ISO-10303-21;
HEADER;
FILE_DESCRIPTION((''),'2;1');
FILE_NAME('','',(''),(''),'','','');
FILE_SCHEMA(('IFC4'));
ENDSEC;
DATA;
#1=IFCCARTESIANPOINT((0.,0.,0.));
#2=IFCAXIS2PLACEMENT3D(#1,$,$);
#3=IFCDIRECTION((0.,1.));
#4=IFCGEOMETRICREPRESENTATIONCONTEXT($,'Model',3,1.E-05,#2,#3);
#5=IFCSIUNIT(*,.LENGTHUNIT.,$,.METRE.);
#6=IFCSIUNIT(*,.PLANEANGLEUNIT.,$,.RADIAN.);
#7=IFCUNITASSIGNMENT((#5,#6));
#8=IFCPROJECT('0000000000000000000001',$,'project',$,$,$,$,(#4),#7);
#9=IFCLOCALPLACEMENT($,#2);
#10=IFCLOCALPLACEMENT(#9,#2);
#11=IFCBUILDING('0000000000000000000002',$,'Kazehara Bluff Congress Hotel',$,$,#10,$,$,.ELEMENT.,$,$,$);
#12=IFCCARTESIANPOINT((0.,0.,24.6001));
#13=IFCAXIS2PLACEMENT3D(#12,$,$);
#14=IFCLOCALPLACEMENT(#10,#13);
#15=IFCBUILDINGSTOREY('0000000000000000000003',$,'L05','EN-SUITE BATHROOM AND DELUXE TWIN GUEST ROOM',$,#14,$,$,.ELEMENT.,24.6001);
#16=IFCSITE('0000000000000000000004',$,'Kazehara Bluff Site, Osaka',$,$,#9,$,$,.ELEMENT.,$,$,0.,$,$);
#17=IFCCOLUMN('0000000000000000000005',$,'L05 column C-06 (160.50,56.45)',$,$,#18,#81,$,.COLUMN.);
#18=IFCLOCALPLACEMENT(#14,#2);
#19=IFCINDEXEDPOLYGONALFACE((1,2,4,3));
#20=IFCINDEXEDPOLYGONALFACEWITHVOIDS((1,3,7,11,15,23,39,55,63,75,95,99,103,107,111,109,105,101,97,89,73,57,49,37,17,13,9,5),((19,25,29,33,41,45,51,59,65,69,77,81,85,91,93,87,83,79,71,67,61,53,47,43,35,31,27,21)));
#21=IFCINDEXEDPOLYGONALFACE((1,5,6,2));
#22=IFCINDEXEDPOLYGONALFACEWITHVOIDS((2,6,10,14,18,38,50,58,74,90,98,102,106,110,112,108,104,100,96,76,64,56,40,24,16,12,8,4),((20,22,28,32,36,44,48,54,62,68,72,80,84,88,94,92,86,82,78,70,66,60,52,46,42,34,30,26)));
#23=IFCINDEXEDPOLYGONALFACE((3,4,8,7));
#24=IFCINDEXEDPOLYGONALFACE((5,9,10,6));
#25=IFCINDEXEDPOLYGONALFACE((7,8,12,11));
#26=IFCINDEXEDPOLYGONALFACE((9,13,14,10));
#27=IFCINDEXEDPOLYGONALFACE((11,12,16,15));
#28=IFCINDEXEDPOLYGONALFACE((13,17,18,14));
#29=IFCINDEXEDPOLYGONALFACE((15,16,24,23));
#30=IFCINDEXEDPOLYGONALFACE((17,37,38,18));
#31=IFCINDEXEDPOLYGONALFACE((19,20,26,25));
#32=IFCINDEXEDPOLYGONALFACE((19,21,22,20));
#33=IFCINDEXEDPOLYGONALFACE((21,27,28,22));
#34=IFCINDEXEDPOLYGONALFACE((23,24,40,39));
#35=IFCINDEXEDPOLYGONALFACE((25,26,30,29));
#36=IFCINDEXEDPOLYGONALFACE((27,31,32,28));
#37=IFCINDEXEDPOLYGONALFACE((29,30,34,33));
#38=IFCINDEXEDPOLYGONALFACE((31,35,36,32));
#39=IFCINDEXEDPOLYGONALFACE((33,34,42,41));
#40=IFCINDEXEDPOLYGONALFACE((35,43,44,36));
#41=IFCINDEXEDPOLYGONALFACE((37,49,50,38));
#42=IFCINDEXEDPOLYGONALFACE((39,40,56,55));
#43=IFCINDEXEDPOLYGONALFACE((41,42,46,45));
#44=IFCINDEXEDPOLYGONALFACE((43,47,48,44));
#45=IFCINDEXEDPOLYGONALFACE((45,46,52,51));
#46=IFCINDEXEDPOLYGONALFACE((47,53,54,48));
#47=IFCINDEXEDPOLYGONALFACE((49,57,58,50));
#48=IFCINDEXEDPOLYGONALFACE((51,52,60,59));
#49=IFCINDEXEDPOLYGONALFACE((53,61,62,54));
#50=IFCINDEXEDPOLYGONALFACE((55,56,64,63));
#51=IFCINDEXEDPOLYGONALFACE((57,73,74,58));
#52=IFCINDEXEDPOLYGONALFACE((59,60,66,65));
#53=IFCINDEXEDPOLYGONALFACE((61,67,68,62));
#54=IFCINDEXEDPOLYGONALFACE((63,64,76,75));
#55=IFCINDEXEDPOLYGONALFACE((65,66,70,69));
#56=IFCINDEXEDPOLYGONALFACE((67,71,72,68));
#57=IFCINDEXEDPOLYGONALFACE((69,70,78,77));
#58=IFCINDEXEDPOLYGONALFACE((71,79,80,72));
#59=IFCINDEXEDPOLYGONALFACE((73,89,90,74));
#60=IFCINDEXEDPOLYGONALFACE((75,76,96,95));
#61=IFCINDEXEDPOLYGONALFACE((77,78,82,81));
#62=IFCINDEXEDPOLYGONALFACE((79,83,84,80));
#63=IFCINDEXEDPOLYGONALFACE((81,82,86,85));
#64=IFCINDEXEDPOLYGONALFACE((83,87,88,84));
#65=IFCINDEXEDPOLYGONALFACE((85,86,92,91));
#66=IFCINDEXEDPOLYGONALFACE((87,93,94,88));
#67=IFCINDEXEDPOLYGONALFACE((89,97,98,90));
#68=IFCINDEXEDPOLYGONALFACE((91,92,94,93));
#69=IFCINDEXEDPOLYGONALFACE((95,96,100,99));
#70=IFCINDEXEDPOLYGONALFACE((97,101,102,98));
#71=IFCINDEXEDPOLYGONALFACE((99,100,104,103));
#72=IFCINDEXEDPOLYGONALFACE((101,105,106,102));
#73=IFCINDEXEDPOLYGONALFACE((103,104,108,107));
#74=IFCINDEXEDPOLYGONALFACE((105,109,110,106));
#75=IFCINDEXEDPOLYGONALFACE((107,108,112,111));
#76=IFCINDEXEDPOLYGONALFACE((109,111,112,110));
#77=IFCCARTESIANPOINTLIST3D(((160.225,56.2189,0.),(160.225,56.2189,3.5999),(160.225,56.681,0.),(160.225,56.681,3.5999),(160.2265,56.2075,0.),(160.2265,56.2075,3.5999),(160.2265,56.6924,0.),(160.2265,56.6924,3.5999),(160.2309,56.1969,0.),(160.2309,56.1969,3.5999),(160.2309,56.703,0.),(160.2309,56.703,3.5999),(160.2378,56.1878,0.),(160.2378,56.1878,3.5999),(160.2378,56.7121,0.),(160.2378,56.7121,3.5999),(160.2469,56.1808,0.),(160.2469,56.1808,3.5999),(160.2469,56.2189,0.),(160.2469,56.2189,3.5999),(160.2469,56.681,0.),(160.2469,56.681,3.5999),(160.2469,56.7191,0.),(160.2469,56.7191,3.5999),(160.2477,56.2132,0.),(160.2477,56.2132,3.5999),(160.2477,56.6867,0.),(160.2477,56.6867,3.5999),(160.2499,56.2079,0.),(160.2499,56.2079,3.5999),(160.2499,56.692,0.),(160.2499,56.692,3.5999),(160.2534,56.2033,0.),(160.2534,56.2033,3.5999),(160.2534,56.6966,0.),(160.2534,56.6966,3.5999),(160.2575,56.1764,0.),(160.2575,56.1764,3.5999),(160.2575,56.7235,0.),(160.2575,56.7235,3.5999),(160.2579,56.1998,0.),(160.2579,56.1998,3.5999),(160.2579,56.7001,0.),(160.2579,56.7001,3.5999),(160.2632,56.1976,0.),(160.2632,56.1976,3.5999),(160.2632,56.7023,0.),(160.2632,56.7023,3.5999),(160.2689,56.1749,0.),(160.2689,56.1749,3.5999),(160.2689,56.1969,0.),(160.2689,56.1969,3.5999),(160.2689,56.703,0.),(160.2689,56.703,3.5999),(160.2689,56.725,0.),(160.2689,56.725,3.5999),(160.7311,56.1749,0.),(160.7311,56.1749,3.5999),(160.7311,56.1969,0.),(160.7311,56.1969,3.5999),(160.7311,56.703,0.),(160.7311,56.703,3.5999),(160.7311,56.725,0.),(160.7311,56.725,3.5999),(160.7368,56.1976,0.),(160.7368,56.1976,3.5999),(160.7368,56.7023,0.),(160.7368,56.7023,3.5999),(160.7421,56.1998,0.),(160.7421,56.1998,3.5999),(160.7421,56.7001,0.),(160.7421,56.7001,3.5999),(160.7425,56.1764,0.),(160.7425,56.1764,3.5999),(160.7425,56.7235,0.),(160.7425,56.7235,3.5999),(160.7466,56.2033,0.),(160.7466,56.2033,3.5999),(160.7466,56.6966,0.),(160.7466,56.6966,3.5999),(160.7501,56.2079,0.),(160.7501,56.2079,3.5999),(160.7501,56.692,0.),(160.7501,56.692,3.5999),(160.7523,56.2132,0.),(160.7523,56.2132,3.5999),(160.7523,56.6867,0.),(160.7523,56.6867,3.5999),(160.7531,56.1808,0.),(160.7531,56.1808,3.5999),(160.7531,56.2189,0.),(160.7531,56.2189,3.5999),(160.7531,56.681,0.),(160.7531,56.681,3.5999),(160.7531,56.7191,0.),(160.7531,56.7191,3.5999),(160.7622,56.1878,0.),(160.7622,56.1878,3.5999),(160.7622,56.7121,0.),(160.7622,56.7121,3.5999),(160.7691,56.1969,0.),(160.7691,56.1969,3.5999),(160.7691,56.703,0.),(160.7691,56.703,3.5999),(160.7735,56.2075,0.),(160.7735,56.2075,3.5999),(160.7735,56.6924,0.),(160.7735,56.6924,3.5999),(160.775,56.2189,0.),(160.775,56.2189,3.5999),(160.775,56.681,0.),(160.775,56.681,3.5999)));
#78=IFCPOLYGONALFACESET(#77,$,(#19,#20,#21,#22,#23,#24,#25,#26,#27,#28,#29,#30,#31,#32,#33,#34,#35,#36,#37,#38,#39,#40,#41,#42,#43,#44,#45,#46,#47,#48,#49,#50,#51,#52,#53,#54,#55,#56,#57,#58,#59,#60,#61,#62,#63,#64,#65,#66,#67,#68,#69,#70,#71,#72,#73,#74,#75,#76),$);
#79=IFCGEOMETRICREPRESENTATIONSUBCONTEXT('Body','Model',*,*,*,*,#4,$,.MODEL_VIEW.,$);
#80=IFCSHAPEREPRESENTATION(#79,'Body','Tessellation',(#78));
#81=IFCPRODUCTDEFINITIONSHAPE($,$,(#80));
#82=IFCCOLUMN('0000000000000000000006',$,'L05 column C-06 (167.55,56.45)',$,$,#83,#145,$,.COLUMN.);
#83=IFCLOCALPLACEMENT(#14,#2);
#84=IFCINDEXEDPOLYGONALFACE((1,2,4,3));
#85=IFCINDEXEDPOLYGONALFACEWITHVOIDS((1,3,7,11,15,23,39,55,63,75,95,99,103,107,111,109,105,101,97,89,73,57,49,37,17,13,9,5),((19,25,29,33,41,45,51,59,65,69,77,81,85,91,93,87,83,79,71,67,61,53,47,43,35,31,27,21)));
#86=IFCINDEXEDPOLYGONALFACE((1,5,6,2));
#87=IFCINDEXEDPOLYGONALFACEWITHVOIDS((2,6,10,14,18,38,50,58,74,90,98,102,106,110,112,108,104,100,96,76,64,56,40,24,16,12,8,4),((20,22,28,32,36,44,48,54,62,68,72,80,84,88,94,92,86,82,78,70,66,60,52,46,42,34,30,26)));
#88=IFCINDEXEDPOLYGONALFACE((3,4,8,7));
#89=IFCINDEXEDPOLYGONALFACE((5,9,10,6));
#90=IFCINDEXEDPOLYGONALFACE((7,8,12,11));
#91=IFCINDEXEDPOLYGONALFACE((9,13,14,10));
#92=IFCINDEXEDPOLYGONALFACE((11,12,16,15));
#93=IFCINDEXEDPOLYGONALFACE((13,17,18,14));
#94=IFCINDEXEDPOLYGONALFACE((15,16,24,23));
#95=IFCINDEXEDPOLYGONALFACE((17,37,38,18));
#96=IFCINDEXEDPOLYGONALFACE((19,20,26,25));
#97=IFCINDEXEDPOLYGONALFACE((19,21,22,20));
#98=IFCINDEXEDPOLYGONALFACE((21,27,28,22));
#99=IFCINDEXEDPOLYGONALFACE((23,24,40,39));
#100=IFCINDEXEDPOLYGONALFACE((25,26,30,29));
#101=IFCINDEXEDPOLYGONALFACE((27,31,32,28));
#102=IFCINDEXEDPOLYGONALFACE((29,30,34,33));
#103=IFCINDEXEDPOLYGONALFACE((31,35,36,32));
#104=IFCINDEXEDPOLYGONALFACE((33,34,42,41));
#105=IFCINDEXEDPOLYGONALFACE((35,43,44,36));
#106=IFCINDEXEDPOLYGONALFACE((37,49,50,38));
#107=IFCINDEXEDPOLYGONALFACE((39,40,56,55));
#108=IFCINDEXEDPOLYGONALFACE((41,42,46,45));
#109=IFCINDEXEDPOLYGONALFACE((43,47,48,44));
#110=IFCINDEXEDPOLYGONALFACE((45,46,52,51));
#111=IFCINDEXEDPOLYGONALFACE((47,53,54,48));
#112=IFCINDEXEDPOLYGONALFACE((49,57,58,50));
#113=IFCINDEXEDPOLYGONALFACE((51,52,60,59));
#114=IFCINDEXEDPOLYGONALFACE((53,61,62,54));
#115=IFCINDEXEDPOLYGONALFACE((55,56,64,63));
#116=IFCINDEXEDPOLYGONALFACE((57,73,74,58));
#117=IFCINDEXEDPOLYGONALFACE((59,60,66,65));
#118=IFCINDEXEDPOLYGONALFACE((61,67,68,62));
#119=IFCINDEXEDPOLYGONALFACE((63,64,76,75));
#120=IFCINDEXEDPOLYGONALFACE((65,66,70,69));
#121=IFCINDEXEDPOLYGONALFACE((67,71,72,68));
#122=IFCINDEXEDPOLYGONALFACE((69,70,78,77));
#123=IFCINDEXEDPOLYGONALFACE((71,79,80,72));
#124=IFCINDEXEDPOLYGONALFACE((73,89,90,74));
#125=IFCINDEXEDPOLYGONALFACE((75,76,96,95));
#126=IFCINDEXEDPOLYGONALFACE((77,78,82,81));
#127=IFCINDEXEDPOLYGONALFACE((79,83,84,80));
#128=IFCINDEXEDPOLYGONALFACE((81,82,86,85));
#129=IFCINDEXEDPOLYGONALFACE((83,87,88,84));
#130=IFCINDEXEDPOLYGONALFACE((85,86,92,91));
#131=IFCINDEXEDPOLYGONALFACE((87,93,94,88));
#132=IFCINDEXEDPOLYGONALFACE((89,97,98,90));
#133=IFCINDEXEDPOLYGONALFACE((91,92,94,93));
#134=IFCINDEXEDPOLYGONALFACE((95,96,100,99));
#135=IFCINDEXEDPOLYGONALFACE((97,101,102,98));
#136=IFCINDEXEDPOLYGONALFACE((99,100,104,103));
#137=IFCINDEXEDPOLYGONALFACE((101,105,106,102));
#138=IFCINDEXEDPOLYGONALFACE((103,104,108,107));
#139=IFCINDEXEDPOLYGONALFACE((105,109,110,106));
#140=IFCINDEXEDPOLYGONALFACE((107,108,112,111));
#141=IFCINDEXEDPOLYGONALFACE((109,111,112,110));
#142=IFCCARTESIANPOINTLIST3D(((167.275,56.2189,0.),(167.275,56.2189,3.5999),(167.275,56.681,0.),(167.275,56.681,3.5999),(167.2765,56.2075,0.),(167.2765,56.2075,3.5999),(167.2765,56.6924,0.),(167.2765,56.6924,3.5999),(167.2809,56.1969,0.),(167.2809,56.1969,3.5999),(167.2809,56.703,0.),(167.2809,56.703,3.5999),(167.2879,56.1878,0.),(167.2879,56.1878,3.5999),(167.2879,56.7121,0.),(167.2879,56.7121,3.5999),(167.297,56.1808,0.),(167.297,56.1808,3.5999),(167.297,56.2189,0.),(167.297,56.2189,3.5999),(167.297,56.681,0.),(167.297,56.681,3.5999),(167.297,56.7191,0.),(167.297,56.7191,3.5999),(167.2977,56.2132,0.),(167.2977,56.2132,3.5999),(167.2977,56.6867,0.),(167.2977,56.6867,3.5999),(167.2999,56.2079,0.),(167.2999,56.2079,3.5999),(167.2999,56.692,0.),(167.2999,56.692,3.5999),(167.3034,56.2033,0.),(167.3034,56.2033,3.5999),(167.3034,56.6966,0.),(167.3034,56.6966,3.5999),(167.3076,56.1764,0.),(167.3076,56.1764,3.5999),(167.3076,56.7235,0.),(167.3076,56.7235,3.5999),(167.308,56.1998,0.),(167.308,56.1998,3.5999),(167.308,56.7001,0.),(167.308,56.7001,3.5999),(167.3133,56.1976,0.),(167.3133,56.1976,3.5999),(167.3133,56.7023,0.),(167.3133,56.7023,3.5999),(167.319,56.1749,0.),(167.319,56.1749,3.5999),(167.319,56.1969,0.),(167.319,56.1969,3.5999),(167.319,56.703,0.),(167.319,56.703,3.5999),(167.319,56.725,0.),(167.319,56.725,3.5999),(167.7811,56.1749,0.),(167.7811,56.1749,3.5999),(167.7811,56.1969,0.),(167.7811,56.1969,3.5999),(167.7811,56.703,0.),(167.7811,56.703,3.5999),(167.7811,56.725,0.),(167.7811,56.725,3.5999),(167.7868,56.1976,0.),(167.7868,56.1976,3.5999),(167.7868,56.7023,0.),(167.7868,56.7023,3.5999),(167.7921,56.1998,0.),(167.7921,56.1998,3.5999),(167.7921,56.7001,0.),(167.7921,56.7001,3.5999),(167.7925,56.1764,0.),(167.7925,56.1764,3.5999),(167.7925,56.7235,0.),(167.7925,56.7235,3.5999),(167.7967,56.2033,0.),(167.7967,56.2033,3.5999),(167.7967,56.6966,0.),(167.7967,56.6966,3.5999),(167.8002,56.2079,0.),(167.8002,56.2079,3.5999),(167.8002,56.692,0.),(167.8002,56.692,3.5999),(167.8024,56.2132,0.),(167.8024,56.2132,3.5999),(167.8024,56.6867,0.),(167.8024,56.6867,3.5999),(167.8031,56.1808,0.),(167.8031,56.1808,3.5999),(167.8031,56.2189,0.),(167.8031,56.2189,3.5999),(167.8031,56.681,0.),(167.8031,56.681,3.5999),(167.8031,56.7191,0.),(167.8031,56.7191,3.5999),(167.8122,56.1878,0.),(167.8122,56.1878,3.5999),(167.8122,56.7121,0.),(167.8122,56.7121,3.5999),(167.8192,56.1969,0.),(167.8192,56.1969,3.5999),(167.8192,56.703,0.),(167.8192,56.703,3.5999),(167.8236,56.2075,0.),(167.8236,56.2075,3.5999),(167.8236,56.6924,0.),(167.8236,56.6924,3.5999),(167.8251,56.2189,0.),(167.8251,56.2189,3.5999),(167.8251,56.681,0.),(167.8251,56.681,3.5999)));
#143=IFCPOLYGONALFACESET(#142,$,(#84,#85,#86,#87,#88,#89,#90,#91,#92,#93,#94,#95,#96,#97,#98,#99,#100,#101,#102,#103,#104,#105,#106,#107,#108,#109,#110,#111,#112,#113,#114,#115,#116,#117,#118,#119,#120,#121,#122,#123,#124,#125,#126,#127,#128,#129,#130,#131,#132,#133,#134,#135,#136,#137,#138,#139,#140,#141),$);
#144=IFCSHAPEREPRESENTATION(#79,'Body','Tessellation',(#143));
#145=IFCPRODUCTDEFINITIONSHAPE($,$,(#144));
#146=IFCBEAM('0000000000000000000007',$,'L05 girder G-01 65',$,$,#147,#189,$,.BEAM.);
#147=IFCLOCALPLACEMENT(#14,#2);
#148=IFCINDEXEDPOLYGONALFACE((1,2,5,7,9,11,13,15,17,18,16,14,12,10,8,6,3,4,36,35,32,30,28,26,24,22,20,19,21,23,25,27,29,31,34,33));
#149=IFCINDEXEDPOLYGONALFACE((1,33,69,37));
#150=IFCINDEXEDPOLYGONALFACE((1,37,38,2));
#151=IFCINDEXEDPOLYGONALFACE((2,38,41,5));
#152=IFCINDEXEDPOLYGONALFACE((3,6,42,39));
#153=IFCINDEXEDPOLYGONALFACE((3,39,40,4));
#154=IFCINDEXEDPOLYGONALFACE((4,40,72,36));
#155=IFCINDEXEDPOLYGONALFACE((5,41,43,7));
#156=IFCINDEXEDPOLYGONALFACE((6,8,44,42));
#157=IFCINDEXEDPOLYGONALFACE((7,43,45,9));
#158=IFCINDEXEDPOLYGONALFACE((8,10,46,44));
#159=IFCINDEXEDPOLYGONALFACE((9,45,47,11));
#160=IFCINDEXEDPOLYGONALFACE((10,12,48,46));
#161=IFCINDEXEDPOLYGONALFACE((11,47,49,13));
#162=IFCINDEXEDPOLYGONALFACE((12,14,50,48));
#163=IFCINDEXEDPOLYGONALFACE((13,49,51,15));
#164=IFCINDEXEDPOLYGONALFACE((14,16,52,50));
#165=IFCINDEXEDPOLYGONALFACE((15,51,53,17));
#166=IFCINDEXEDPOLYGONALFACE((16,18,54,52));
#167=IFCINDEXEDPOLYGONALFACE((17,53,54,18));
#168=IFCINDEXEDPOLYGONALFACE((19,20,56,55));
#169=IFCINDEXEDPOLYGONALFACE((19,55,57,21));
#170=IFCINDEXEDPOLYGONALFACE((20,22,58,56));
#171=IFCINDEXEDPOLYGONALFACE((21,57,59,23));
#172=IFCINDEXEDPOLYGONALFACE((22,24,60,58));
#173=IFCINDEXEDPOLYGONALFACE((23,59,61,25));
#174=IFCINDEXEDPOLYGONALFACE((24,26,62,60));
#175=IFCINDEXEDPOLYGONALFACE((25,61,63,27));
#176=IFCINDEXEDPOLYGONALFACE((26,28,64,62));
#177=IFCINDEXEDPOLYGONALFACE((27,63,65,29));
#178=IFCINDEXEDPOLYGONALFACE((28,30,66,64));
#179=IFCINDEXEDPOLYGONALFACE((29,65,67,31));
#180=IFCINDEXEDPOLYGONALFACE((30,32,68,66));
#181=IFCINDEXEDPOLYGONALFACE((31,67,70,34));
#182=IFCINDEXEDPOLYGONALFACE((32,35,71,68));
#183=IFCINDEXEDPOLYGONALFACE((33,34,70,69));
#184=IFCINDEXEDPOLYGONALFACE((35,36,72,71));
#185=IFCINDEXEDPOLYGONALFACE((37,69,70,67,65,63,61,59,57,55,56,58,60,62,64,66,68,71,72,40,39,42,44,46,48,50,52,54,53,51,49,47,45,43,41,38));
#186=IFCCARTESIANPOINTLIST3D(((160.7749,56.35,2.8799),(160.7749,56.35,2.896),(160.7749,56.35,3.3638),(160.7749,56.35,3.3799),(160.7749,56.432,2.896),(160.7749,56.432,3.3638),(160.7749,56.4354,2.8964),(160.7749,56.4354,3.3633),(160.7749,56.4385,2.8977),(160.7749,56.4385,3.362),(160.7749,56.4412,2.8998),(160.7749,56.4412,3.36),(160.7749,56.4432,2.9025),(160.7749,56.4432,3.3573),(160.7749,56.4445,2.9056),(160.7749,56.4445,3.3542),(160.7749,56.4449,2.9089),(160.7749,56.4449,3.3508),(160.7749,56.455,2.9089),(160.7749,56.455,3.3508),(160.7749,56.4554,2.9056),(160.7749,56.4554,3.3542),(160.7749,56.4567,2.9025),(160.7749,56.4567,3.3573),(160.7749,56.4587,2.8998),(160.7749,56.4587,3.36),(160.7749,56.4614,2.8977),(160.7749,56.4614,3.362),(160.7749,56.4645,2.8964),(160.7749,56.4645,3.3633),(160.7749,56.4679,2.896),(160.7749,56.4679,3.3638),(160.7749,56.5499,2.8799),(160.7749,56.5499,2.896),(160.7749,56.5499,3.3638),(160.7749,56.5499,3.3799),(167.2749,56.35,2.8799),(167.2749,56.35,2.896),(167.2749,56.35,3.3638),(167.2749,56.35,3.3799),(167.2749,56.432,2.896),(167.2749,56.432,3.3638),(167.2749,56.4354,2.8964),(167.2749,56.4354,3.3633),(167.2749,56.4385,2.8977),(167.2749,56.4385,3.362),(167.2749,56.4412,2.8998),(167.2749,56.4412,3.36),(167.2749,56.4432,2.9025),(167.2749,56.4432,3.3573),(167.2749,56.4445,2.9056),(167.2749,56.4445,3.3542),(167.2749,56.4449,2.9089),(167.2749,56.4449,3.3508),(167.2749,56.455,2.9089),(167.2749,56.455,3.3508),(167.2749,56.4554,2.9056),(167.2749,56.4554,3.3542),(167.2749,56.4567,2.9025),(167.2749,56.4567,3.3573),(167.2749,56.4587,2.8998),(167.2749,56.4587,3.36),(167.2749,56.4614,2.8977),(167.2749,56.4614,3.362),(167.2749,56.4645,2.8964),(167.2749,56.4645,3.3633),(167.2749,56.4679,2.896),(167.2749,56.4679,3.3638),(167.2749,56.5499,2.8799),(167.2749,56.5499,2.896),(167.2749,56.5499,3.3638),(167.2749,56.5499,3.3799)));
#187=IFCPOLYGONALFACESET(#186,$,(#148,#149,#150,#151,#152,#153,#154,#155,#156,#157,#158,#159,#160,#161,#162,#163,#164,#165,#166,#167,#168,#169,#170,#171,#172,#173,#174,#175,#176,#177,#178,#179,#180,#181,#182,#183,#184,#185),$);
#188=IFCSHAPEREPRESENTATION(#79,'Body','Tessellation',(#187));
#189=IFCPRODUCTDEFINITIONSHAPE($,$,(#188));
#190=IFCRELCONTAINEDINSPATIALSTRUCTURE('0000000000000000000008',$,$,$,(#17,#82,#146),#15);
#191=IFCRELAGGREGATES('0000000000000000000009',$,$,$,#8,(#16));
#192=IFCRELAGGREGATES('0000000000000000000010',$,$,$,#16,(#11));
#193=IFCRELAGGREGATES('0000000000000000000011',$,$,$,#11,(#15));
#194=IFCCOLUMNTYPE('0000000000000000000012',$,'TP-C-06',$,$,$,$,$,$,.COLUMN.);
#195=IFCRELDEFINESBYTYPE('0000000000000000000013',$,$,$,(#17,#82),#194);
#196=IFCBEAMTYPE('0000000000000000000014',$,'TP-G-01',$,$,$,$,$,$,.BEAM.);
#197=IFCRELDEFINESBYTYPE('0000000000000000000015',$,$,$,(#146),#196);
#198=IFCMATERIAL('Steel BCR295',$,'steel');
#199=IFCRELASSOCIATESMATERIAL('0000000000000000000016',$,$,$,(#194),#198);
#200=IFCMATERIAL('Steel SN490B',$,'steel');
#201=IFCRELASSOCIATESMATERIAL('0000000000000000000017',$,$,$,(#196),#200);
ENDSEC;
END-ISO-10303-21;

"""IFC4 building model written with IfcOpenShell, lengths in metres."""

from ifc_helpers import new_model, si_unit, direction, frame, origin, origin_2d, place, context, subcontext, project, spatial, hollow_rectangle, i_section, extrude, material, material_profile, profile_set, type_object, element, save


model = new_model("IFC4")

# Units and contexts
model_context = context("Model", 3, precision=1e-05, world=origin(), true_north=direction((0.0, 1.0)))
body_context = subcontext(model_context, "Body", "Model", "MODEL_VIEW")
ifc_project = project(units=[si_unit("LENGTHUNIT", "METRE"), si_unit("PLANEANGLEUNIT", "RADIAN")], contexts=[model_context])

# Site, building, storey
site_placement = place(None, origin())
site = spatial("IfcSite", under=ifc_project, at=site_placement, Name="Kazehara Bluff Site, Osaka", CompositionType="ELEMENT", RefElevation=0.0)
building_placement = place(site_placement, origin())
building = spatial("IfcBuilding", under=site, at=building_placement, Name="Kazehara Bluff Congress Hotel", CompositionType="ELEMENT")
storey_placement = place(building_placement, frame((0.0, 0.0, 24.6001)))
storey = spatial("IfcBuildingStorey", under=building, at=storey_placement, Name="L05", Description="EN-SUITE BATHROOM AND DELUXE TWIN GUEST ROOM", CompositionType="ELEMENT", Elevation=24.6001)

# Columns
ifc_material_1 = material(Name="Steel BCR295", Category="steel")
ifc_material_profile_1 = material_profile(ifc_material_1, hollow_rectangle(XDim=0.55, YDim=0.55, WallThickness=0.022, InnerFilletRadius=0.022, OuterFilletRadius=0.0439, at=origin_2d()))
ifc_profile_set_1 = profile_set([ifc_material_profile_1], Name="Steel BCR295")
column_type = type_object("IfcColumnType", Name="TP-C-06", PredefinedType="COLUMN", material=ifc_profile_set_1)
for number, where, z_axis, x_axis, name in (
    (1, (160.5, 56.45, 0.0), (0.0, 0.0, 1.0), (1.0, 0.0, 0.0), "L05 column C-06 (160.50,56.45)"),
    (2, (167.55, 56.45, 0.0), (0.0, 0.0, 1.0), (1.0, 0.0, 0.0), "L05 column C-06 (167.55,56.45)"),
):
    element("IfcColumn", number, at=place(storey_placement, frame(where, z_axis=z_axis, x_axis=x_axis)), inside=storey, type_object=column_type, Name=name, PredefinedType="COLUMN", context=body_context, shape_type="SweptSolid", body=[
        extrude(hollow_rectangle(XDim=0.55, YDim=0.55, WallThickness=0.022, InnerFilletRadius=0.022, OuterFilletRadius=0.0439, at=origin_2d()), origin(), (0.0, 0.0, 1.0), 3.5999),
    ])

# Beam
ifc_material_2 = material(Name="Steel SN490B", Category="steel")
ifc_material_profile_2 = material_profile(ifc_material_2, i_section(OverallWidth=0.2, OverallDepth=0.5, WebThickness=0.01, FlangeThickness=0.0161, FilletRadius=0.0129, at=origin_2d()))
ifc_profile_set_2 = profile_set([ifc_material_profile_2], Name="Steel SN490B")
beam_type_1 = type_object("IfcBeamType", Name="TP-G-01", PredefinedType="BEAM", material=ifc_profile_set_2)
beam_placement = place(storey_placement, frame((160.7749, 56.45, 3.1299), z_axis=(1.0, 0.0, 0.0), x_axis=(0.0, 1.0, 0.0)))
element("IfcBeam", 3, at=beam_placement, inside=storey, type_object=beam_type_1, Name="L05 girder G-01 65", PredefinedType="BEAM", context=body_context, shape_type="SweptSolid", body=[
    extrude(i_section(OverallWidth=0.2, OverallDepth=0.5, WebThickness=0.01, FlangeThickness=0.0161, FilletRadius=0.0129, at=origin_2d()), origin(), (0.0, 0.0, 1.0), 6.5),
])

save(model, "model.ifc")
